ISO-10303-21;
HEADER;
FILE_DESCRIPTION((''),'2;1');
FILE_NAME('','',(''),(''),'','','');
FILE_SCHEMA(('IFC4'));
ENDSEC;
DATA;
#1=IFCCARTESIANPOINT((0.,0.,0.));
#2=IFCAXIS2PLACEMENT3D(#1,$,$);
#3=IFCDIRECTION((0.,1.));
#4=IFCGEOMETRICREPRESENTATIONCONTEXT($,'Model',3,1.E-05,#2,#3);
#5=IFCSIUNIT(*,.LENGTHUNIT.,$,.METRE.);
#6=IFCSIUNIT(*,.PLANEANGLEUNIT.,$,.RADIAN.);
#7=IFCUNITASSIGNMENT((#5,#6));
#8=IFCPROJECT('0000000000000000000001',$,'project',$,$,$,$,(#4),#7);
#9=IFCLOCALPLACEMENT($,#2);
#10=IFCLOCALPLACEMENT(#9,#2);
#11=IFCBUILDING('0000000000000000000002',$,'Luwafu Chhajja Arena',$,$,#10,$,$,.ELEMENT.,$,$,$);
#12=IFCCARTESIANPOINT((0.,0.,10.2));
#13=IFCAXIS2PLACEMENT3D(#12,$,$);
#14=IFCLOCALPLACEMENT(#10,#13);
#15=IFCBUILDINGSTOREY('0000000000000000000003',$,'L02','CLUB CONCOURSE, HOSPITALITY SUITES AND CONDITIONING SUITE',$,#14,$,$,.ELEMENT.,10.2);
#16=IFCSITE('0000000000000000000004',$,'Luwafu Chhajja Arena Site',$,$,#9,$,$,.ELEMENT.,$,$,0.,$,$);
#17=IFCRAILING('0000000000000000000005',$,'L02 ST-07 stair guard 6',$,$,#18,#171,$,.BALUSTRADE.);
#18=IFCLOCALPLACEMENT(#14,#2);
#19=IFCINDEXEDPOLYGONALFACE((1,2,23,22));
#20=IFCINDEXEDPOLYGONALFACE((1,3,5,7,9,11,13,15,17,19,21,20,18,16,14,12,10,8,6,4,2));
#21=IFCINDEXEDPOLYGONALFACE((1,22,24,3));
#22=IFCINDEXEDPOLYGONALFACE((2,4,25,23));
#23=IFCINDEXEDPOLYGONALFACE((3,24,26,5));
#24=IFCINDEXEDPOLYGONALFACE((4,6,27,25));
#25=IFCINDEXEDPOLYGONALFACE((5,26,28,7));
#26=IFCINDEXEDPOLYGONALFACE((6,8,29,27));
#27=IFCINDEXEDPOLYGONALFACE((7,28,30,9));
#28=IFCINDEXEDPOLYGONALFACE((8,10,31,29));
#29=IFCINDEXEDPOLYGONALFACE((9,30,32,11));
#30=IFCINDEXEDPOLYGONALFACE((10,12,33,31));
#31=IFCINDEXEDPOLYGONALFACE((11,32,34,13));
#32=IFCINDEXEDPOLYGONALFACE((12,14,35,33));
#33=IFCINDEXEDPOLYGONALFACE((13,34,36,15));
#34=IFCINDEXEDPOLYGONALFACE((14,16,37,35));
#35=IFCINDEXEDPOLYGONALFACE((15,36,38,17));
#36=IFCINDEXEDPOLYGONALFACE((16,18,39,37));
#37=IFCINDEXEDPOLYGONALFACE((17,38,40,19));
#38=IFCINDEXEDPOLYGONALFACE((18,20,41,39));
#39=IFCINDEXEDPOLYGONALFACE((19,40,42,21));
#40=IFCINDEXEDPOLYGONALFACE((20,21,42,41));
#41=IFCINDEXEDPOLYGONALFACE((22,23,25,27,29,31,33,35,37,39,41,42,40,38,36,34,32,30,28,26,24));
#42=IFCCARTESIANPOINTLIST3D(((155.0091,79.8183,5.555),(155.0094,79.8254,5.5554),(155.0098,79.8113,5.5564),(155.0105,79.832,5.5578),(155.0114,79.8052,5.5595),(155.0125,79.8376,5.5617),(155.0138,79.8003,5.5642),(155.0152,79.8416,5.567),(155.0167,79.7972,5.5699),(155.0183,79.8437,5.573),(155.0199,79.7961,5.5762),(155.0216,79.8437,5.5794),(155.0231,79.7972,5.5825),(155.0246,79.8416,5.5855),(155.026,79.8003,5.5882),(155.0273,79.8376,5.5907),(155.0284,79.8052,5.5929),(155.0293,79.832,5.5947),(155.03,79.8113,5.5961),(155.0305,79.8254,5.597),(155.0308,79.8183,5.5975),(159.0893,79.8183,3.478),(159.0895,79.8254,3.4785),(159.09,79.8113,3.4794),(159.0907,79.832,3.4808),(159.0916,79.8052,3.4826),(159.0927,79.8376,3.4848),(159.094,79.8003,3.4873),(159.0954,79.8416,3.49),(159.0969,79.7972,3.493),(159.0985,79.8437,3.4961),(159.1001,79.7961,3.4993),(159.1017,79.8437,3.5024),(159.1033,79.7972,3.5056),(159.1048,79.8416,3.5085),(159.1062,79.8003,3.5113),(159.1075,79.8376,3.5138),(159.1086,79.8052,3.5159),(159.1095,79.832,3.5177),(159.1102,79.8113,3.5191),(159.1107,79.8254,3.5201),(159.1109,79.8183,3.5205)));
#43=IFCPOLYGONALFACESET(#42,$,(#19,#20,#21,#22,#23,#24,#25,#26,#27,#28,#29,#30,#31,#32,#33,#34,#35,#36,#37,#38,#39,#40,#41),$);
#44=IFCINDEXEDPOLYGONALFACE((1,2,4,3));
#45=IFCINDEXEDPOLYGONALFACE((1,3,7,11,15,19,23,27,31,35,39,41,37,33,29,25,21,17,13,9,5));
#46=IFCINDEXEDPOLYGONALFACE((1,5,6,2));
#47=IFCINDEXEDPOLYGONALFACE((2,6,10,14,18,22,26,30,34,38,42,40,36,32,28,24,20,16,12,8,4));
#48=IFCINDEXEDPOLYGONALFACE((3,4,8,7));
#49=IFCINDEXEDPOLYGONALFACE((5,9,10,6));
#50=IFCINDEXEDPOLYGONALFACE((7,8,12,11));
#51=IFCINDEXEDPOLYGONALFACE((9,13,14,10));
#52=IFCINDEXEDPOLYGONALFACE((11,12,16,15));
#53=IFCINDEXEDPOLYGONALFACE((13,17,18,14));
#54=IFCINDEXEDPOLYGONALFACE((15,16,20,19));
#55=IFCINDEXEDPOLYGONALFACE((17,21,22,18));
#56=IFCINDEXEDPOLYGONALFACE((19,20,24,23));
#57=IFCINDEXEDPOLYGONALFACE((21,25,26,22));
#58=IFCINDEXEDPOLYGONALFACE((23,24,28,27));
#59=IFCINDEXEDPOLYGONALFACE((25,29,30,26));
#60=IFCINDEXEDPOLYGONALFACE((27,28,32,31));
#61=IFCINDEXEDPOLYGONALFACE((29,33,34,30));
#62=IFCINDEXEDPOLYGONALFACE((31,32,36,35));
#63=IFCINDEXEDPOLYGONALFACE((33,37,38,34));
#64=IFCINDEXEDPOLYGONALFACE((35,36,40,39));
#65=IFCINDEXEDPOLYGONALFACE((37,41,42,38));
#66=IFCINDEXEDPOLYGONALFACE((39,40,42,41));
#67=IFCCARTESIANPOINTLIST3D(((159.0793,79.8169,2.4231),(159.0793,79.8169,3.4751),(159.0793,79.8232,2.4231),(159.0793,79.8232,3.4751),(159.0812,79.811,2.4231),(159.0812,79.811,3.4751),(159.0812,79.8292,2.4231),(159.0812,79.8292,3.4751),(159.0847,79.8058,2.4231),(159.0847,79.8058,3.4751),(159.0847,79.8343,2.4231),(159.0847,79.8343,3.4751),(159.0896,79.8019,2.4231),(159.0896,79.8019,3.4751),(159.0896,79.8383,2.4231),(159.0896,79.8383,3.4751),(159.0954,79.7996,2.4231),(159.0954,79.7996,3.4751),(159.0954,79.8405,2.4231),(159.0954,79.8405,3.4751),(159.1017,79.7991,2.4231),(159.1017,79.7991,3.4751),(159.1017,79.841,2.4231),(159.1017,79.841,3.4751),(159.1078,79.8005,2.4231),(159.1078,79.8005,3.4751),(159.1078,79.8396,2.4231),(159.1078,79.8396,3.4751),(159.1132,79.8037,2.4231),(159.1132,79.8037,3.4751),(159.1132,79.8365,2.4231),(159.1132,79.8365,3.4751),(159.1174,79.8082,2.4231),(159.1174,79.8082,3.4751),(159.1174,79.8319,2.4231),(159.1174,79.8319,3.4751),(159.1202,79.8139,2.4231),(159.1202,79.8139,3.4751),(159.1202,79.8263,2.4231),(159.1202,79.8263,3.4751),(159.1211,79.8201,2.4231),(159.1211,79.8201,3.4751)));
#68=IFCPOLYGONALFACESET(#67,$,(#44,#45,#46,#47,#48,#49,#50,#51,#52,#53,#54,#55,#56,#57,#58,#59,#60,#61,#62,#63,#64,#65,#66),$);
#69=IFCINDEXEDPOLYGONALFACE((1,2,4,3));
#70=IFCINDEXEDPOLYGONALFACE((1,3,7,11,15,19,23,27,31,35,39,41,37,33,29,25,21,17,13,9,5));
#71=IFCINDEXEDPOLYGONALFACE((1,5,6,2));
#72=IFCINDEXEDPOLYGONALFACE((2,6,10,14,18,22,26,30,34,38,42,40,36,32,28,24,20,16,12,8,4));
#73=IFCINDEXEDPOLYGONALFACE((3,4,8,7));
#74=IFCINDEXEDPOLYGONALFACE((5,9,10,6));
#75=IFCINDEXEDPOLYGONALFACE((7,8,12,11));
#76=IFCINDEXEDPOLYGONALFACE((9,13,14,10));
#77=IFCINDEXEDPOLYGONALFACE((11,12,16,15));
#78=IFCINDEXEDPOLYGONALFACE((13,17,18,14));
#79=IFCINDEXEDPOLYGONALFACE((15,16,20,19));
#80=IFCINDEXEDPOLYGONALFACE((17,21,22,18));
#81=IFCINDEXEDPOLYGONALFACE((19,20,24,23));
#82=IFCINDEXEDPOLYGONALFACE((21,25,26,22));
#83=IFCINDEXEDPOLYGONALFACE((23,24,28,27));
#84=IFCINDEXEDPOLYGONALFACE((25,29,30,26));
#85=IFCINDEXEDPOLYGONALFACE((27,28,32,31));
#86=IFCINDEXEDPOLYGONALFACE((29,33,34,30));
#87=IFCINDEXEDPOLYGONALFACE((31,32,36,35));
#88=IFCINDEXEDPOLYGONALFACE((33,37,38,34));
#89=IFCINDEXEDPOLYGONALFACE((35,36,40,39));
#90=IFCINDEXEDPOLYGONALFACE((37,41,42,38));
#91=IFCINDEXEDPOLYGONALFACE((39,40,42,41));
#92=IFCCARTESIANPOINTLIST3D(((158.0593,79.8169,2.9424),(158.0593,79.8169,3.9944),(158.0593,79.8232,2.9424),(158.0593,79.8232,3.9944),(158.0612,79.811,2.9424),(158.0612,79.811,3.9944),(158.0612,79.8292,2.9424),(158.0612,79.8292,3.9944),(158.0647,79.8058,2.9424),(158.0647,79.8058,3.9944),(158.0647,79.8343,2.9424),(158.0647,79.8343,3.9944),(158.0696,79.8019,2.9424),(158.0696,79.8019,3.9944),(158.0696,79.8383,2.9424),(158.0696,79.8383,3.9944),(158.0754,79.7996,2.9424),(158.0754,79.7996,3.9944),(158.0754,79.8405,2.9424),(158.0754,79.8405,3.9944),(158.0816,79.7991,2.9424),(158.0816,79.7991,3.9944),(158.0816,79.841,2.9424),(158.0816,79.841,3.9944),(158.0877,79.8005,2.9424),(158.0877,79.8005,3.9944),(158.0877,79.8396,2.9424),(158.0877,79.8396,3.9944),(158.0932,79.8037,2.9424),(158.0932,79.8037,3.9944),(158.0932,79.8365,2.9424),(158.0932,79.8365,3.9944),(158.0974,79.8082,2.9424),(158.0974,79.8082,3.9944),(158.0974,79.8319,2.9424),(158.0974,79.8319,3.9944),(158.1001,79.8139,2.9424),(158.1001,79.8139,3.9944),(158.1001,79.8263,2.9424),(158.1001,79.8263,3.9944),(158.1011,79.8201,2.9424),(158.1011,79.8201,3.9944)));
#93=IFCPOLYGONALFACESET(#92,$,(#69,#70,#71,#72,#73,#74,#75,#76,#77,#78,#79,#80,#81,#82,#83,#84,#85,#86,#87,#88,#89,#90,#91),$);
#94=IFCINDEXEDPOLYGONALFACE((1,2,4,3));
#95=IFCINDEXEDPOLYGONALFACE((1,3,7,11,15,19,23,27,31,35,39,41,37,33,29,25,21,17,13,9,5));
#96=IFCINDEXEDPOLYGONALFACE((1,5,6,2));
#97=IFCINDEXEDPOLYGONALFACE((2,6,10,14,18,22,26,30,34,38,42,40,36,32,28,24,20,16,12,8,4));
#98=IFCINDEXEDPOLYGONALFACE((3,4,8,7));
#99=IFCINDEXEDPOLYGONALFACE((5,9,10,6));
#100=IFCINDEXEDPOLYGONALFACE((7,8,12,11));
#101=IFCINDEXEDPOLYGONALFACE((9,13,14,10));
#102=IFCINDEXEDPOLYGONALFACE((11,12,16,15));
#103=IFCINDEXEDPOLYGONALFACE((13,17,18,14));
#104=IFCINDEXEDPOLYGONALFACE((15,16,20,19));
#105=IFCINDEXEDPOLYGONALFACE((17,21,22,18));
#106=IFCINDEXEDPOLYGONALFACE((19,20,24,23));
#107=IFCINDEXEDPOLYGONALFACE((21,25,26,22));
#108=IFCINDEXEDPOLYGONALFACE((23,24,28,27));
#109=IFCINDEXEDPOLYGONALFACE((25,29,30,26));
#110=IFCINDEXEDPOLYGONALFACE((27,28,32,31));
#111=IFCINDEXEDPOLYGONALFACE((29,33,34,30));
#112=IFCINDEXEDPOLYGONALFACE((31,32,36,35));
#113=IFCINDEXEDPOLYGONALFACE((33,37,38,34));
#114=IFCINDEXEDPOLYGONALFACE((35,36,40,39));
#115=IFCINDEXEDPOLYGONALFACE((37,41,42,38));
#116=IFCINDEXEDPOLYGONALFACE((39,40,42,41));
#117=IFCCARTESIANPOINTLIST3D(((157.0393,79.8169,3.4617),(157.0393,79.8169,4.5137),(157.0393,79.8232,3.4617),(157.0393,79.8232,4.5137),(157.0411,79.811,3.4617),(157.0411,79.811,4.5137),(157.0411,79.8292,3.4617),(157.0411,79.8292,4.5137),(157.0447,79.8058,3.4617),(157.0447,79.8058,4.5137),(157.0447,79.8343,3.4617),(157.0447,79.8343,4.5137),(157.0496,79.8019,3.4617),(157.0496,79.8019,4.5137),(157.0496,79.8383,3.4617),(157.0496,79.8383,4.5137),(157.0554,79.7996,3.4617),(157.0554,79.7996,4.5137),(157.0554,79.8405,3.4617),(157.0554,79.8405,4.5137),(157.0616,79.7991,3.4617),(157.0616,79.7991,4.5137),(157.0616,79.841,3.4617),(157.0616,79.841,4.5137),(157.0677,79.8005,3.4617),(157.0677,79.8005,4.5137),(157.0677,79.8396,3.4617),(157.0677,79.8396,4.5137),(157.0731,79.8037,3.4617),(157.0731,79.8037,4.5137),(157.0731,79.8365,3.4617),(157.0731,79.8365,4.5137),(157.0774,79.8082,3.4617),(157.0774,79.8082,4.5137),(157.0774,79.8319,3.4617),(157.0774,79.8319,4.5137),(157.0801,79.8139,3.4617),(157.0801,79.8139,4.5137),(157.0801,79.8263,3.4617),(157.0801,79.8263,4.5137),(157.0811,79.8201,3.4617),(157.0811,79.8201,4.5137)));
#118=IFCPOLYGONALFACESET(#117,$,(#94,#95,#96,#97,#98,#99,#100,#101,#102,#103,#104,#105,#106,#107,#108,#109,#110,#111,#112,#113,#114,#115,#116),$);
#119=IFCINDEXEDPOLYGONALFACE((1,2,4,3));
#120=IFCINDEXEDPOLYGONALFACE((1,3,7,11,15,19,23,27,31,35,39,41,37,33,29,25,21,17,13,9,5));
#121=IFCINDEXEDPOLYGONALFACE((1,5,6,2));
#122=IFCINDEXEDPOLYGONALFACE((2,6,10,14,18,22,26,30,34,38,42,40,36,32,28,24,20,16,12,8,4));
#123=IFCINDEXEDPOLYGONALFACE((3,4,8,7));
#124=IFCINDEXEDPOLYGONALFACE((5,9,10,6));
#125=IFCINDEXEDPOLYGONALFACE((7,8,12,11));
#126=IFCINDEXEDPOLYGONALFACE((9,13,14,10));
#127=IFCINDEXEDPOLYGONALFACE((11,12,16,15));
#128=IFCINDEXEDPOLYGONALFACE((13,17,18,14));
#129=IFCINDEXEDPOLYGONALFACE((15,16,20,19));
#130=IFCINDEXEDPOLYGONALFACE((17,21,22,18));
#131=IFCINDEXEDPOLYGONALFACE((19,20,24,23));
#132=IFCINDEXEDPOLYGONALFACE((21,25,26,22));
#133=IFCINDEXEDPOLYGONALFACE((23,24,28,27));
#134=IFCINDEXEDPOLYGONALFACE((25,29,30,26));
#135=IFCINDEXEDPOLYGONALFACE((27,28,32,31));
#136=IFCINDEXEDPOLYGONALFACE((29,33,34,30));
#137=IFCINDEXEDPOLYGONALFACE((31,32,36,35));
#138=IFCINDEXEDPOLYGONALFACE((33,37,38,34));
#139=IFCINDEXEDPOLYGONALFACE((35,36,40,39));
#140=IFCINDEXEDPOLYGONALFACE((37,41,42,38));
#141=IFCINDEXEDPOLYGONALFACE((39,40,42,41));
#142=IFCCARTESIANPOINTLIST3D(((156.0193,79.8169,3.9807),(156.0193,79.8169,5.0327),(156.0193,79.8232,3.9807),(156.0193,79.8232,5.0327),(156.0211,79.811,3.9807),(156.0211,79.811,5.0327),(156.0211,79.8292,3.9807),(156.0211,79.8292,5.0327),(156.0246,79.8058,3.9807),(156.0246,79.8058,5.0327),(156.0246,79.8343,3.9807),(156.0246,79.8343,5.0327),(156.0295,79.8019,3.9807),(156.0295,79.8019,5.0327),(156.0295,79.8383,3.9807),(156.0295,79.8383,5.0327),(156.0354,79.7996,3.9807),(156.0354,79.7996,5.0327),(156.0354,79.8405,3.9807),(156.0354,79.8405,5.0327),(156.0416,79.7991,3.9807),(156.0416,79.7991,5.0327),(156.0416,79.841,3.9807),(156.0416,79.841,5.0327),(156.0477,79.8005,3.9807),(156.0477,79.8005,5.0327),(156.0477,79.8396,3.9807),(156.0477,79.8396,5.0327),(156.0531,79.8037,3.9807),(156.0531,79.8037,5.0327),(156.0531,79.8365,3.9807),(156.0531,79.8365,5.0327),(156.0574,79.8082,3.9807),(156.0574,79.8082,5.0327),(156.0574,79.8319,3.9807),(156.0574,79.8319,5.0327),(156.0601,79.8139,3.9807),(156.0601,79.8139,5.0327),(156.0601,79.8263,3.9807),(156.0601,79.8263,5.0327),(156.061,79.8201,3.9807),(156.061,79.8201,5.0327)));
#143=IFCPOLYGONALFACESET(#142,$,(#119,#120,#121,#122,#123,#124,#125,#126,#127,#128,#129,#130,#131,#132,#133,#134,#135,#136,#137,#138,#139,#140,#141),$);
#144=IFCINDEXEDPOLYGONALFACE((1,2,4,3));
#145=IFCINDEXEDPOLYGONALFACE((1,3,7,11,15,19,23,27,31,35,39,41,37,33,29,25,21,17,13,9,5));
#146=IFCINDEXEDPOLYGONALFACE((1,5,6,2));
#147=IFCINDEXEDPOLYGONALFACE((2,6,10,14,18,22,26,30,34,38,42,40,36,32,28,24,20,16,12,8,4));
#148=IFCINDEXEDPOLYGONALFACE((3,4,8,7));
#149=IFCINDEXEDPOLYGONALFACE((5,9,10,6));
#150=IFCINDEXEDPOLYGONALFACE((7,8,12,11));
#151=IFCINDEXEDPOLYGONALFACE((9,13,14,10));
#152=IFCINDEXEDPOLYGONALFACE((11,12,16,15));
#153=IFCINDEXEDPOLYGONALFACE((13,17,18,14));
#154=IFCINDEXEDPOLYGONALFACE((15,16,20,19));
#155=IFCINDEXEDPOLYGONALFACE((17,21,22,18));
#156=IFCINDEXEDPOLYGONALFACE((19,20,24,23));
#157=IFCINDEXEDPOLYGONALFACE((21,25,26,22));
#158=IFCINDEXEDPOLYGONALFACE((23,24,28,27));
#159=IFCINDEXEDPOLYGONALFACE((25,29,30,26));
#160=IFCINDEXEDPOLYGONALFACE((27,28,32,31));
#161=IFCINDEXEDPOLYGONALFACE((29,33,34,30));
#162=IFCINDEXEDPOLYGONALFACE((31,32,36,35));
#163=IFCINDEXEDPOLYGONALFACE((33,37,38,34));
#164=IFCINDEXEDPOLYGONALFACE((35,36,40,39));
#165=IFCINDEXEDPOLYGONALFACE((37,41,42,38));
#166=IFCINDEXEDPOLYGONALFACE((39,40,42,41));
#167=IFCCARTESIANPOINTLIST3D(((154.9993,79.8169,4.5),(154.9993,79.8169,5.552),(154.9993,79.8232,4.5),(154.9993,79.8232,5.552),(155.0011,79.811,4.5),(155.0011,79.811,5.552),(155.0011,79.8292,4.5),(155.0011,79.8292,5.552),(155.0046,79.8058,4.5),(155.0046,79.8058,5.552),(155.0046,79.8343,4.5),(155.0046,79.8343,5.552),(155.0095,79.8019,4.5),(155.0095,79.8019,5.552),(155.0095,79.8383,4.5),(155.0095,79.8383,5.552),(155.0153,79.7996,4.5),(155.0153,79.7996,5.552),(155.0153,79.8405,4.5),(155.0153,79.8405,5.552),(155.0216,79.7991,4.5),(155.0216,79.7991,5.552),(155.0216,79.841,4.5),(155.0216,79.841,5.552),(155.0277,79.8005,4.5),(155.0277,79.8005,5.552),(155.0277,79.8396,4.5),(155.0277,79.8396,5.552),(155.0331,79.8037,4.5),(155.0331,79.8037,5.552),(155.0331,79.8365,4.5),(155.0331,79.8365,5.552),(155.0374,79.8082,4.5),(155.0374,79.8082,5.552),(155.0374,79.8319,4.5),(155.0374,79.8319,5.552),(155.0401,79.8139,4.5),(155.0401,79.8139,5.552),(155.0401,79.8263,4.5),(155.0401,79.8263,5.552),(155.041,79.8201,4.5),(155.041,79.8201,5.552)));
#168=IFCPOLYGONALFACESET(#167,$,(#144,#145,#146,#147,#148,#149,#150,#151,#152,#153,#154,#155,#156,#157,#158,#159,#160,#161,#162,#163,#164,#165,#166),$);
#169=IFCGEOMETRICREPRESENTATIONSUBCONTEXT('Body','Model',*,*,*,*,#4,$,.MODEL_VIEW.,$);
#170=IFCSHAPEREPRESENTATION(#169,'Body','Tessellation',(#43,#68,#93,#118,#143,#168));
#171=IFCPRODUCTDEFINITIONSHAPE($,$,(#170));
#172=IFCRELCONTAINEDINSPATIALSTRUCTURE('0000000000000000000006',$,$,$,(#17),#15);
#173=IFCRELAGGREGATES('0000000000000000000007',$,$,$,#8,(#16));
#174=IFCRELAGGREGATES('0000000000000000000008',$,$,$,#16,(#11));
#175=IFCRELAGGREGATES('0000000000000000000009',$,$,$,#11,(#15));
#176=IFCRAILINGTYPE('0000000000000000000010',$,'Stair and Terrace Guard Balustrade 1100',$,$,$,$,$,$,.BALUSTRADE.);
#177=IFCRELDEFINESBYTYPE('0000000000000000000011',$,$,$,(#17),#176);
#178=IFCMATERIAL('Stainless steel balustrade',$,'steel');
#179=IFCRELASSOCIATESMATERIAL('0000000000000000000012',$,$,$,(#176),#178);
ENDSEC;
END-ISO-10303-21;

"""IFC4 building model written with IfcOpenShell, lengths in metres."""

from ifc_helpers import new_model, si_unit, direction, frame, origin, origin_2d, place, context, subcontext, project, spatial, circle, extrude, material, type_object, element, save


model = new_model("IFC4")

# Units and contexts
model_context = context("Model", 3, precision=1e-05, world=origin(), true_north=direction((0.0, 1.0)))
body_context = subcontext(model_context, "Body", "Model", "MODEL_VIEW")
ifc_project = project(units=[si_unit("LENGTHUNIT", "METRE"), si_unit("PLANEANGLEUNIT", "RADIAN")], contexts=[model_context])

# Site, building, storey
site_placement = place(None, origin())
site = spatial("IfcSite", under=ifc_project, at=site_placement, Name="Luwafu Chhajja Arena Site", CompositionType="ELEMENT", RefElevation=0.0)
building_placement = place(site_placement, origin())
building = spatial("IfcBuilding", under=site, at=building_placement, Name="Luwafu Chhajja Arena", CompositionType="ELEMENT")
storey_placement = place(building_placement, frame((0.0, 0.0, 10.2)))
storey = spatial("IfcBuildingStorey", under=building, at=storey_placement, Name="L02", Description="CLUB CONCOURSE, HOSPITALITY SUITES AND CONDITIONING SUITE", CompositionType="ELEMENT", Elevation=10.2)

# Railing
ifc_material_1 = material(Name="Stainless steel balustrade", Category="steel")
railing_type_1 = type_object("IfcRailingType", Name="Stair and Terrace Guard Balustrade 1100", PredefinedType="BALUSTRADE", material=ifc_material_1)
railing_1_placement = place(storey_placement, frame((159.1001, 79.8201, 2.4231)))
element("IfcRailing", 1, at=railing_1_placement, inside=storey, type_object=railing_type_1, Name="L02 ST-07 stair guard 6", PredefinedType="BALUSTRADE", context=body_context, shape_type="SweptSolid", body=[
    extrude(circle(Radius=0.0239, at=origin_2d()), frame((0.0, 0.0, 1.0762), z_axis=(-0.891183, 0.0, 0.453644), x_axis=(0.0, -1.0, 0.0)), (0.0, 0.0, 1.0), 4.5784),
    extrude(circle(Radius=0.021, at=origin_2d()), origin(), (0.0, 0.0, 1.0), 1.052),
    extrude(circle(Radius=0.021, at=origin_2d()), frame((-1.02, 0.0, 0.5193)), (0.0, 0.0, 1.0), 1.052),
    extrude(circle(Radius=0.021, at=origin_2d()), frame((-2.04, 0.0, 1.0386)), (0.0, 0.0, 1.0), 1.052),
    extrude(circle(Radius=0.021, at=origin_2d()), frame((-3.0601, 0.0, 1.5576)), (0.0, 0.0, 1.0), 1.052),
    extrude(circle(Radius=0.021, at=origin_2d()), frame((-4.0801, 0.0, 2.0769)), (0.0, 0.0, 1.0), 1.052),
])

save(model, "model.ifc")
